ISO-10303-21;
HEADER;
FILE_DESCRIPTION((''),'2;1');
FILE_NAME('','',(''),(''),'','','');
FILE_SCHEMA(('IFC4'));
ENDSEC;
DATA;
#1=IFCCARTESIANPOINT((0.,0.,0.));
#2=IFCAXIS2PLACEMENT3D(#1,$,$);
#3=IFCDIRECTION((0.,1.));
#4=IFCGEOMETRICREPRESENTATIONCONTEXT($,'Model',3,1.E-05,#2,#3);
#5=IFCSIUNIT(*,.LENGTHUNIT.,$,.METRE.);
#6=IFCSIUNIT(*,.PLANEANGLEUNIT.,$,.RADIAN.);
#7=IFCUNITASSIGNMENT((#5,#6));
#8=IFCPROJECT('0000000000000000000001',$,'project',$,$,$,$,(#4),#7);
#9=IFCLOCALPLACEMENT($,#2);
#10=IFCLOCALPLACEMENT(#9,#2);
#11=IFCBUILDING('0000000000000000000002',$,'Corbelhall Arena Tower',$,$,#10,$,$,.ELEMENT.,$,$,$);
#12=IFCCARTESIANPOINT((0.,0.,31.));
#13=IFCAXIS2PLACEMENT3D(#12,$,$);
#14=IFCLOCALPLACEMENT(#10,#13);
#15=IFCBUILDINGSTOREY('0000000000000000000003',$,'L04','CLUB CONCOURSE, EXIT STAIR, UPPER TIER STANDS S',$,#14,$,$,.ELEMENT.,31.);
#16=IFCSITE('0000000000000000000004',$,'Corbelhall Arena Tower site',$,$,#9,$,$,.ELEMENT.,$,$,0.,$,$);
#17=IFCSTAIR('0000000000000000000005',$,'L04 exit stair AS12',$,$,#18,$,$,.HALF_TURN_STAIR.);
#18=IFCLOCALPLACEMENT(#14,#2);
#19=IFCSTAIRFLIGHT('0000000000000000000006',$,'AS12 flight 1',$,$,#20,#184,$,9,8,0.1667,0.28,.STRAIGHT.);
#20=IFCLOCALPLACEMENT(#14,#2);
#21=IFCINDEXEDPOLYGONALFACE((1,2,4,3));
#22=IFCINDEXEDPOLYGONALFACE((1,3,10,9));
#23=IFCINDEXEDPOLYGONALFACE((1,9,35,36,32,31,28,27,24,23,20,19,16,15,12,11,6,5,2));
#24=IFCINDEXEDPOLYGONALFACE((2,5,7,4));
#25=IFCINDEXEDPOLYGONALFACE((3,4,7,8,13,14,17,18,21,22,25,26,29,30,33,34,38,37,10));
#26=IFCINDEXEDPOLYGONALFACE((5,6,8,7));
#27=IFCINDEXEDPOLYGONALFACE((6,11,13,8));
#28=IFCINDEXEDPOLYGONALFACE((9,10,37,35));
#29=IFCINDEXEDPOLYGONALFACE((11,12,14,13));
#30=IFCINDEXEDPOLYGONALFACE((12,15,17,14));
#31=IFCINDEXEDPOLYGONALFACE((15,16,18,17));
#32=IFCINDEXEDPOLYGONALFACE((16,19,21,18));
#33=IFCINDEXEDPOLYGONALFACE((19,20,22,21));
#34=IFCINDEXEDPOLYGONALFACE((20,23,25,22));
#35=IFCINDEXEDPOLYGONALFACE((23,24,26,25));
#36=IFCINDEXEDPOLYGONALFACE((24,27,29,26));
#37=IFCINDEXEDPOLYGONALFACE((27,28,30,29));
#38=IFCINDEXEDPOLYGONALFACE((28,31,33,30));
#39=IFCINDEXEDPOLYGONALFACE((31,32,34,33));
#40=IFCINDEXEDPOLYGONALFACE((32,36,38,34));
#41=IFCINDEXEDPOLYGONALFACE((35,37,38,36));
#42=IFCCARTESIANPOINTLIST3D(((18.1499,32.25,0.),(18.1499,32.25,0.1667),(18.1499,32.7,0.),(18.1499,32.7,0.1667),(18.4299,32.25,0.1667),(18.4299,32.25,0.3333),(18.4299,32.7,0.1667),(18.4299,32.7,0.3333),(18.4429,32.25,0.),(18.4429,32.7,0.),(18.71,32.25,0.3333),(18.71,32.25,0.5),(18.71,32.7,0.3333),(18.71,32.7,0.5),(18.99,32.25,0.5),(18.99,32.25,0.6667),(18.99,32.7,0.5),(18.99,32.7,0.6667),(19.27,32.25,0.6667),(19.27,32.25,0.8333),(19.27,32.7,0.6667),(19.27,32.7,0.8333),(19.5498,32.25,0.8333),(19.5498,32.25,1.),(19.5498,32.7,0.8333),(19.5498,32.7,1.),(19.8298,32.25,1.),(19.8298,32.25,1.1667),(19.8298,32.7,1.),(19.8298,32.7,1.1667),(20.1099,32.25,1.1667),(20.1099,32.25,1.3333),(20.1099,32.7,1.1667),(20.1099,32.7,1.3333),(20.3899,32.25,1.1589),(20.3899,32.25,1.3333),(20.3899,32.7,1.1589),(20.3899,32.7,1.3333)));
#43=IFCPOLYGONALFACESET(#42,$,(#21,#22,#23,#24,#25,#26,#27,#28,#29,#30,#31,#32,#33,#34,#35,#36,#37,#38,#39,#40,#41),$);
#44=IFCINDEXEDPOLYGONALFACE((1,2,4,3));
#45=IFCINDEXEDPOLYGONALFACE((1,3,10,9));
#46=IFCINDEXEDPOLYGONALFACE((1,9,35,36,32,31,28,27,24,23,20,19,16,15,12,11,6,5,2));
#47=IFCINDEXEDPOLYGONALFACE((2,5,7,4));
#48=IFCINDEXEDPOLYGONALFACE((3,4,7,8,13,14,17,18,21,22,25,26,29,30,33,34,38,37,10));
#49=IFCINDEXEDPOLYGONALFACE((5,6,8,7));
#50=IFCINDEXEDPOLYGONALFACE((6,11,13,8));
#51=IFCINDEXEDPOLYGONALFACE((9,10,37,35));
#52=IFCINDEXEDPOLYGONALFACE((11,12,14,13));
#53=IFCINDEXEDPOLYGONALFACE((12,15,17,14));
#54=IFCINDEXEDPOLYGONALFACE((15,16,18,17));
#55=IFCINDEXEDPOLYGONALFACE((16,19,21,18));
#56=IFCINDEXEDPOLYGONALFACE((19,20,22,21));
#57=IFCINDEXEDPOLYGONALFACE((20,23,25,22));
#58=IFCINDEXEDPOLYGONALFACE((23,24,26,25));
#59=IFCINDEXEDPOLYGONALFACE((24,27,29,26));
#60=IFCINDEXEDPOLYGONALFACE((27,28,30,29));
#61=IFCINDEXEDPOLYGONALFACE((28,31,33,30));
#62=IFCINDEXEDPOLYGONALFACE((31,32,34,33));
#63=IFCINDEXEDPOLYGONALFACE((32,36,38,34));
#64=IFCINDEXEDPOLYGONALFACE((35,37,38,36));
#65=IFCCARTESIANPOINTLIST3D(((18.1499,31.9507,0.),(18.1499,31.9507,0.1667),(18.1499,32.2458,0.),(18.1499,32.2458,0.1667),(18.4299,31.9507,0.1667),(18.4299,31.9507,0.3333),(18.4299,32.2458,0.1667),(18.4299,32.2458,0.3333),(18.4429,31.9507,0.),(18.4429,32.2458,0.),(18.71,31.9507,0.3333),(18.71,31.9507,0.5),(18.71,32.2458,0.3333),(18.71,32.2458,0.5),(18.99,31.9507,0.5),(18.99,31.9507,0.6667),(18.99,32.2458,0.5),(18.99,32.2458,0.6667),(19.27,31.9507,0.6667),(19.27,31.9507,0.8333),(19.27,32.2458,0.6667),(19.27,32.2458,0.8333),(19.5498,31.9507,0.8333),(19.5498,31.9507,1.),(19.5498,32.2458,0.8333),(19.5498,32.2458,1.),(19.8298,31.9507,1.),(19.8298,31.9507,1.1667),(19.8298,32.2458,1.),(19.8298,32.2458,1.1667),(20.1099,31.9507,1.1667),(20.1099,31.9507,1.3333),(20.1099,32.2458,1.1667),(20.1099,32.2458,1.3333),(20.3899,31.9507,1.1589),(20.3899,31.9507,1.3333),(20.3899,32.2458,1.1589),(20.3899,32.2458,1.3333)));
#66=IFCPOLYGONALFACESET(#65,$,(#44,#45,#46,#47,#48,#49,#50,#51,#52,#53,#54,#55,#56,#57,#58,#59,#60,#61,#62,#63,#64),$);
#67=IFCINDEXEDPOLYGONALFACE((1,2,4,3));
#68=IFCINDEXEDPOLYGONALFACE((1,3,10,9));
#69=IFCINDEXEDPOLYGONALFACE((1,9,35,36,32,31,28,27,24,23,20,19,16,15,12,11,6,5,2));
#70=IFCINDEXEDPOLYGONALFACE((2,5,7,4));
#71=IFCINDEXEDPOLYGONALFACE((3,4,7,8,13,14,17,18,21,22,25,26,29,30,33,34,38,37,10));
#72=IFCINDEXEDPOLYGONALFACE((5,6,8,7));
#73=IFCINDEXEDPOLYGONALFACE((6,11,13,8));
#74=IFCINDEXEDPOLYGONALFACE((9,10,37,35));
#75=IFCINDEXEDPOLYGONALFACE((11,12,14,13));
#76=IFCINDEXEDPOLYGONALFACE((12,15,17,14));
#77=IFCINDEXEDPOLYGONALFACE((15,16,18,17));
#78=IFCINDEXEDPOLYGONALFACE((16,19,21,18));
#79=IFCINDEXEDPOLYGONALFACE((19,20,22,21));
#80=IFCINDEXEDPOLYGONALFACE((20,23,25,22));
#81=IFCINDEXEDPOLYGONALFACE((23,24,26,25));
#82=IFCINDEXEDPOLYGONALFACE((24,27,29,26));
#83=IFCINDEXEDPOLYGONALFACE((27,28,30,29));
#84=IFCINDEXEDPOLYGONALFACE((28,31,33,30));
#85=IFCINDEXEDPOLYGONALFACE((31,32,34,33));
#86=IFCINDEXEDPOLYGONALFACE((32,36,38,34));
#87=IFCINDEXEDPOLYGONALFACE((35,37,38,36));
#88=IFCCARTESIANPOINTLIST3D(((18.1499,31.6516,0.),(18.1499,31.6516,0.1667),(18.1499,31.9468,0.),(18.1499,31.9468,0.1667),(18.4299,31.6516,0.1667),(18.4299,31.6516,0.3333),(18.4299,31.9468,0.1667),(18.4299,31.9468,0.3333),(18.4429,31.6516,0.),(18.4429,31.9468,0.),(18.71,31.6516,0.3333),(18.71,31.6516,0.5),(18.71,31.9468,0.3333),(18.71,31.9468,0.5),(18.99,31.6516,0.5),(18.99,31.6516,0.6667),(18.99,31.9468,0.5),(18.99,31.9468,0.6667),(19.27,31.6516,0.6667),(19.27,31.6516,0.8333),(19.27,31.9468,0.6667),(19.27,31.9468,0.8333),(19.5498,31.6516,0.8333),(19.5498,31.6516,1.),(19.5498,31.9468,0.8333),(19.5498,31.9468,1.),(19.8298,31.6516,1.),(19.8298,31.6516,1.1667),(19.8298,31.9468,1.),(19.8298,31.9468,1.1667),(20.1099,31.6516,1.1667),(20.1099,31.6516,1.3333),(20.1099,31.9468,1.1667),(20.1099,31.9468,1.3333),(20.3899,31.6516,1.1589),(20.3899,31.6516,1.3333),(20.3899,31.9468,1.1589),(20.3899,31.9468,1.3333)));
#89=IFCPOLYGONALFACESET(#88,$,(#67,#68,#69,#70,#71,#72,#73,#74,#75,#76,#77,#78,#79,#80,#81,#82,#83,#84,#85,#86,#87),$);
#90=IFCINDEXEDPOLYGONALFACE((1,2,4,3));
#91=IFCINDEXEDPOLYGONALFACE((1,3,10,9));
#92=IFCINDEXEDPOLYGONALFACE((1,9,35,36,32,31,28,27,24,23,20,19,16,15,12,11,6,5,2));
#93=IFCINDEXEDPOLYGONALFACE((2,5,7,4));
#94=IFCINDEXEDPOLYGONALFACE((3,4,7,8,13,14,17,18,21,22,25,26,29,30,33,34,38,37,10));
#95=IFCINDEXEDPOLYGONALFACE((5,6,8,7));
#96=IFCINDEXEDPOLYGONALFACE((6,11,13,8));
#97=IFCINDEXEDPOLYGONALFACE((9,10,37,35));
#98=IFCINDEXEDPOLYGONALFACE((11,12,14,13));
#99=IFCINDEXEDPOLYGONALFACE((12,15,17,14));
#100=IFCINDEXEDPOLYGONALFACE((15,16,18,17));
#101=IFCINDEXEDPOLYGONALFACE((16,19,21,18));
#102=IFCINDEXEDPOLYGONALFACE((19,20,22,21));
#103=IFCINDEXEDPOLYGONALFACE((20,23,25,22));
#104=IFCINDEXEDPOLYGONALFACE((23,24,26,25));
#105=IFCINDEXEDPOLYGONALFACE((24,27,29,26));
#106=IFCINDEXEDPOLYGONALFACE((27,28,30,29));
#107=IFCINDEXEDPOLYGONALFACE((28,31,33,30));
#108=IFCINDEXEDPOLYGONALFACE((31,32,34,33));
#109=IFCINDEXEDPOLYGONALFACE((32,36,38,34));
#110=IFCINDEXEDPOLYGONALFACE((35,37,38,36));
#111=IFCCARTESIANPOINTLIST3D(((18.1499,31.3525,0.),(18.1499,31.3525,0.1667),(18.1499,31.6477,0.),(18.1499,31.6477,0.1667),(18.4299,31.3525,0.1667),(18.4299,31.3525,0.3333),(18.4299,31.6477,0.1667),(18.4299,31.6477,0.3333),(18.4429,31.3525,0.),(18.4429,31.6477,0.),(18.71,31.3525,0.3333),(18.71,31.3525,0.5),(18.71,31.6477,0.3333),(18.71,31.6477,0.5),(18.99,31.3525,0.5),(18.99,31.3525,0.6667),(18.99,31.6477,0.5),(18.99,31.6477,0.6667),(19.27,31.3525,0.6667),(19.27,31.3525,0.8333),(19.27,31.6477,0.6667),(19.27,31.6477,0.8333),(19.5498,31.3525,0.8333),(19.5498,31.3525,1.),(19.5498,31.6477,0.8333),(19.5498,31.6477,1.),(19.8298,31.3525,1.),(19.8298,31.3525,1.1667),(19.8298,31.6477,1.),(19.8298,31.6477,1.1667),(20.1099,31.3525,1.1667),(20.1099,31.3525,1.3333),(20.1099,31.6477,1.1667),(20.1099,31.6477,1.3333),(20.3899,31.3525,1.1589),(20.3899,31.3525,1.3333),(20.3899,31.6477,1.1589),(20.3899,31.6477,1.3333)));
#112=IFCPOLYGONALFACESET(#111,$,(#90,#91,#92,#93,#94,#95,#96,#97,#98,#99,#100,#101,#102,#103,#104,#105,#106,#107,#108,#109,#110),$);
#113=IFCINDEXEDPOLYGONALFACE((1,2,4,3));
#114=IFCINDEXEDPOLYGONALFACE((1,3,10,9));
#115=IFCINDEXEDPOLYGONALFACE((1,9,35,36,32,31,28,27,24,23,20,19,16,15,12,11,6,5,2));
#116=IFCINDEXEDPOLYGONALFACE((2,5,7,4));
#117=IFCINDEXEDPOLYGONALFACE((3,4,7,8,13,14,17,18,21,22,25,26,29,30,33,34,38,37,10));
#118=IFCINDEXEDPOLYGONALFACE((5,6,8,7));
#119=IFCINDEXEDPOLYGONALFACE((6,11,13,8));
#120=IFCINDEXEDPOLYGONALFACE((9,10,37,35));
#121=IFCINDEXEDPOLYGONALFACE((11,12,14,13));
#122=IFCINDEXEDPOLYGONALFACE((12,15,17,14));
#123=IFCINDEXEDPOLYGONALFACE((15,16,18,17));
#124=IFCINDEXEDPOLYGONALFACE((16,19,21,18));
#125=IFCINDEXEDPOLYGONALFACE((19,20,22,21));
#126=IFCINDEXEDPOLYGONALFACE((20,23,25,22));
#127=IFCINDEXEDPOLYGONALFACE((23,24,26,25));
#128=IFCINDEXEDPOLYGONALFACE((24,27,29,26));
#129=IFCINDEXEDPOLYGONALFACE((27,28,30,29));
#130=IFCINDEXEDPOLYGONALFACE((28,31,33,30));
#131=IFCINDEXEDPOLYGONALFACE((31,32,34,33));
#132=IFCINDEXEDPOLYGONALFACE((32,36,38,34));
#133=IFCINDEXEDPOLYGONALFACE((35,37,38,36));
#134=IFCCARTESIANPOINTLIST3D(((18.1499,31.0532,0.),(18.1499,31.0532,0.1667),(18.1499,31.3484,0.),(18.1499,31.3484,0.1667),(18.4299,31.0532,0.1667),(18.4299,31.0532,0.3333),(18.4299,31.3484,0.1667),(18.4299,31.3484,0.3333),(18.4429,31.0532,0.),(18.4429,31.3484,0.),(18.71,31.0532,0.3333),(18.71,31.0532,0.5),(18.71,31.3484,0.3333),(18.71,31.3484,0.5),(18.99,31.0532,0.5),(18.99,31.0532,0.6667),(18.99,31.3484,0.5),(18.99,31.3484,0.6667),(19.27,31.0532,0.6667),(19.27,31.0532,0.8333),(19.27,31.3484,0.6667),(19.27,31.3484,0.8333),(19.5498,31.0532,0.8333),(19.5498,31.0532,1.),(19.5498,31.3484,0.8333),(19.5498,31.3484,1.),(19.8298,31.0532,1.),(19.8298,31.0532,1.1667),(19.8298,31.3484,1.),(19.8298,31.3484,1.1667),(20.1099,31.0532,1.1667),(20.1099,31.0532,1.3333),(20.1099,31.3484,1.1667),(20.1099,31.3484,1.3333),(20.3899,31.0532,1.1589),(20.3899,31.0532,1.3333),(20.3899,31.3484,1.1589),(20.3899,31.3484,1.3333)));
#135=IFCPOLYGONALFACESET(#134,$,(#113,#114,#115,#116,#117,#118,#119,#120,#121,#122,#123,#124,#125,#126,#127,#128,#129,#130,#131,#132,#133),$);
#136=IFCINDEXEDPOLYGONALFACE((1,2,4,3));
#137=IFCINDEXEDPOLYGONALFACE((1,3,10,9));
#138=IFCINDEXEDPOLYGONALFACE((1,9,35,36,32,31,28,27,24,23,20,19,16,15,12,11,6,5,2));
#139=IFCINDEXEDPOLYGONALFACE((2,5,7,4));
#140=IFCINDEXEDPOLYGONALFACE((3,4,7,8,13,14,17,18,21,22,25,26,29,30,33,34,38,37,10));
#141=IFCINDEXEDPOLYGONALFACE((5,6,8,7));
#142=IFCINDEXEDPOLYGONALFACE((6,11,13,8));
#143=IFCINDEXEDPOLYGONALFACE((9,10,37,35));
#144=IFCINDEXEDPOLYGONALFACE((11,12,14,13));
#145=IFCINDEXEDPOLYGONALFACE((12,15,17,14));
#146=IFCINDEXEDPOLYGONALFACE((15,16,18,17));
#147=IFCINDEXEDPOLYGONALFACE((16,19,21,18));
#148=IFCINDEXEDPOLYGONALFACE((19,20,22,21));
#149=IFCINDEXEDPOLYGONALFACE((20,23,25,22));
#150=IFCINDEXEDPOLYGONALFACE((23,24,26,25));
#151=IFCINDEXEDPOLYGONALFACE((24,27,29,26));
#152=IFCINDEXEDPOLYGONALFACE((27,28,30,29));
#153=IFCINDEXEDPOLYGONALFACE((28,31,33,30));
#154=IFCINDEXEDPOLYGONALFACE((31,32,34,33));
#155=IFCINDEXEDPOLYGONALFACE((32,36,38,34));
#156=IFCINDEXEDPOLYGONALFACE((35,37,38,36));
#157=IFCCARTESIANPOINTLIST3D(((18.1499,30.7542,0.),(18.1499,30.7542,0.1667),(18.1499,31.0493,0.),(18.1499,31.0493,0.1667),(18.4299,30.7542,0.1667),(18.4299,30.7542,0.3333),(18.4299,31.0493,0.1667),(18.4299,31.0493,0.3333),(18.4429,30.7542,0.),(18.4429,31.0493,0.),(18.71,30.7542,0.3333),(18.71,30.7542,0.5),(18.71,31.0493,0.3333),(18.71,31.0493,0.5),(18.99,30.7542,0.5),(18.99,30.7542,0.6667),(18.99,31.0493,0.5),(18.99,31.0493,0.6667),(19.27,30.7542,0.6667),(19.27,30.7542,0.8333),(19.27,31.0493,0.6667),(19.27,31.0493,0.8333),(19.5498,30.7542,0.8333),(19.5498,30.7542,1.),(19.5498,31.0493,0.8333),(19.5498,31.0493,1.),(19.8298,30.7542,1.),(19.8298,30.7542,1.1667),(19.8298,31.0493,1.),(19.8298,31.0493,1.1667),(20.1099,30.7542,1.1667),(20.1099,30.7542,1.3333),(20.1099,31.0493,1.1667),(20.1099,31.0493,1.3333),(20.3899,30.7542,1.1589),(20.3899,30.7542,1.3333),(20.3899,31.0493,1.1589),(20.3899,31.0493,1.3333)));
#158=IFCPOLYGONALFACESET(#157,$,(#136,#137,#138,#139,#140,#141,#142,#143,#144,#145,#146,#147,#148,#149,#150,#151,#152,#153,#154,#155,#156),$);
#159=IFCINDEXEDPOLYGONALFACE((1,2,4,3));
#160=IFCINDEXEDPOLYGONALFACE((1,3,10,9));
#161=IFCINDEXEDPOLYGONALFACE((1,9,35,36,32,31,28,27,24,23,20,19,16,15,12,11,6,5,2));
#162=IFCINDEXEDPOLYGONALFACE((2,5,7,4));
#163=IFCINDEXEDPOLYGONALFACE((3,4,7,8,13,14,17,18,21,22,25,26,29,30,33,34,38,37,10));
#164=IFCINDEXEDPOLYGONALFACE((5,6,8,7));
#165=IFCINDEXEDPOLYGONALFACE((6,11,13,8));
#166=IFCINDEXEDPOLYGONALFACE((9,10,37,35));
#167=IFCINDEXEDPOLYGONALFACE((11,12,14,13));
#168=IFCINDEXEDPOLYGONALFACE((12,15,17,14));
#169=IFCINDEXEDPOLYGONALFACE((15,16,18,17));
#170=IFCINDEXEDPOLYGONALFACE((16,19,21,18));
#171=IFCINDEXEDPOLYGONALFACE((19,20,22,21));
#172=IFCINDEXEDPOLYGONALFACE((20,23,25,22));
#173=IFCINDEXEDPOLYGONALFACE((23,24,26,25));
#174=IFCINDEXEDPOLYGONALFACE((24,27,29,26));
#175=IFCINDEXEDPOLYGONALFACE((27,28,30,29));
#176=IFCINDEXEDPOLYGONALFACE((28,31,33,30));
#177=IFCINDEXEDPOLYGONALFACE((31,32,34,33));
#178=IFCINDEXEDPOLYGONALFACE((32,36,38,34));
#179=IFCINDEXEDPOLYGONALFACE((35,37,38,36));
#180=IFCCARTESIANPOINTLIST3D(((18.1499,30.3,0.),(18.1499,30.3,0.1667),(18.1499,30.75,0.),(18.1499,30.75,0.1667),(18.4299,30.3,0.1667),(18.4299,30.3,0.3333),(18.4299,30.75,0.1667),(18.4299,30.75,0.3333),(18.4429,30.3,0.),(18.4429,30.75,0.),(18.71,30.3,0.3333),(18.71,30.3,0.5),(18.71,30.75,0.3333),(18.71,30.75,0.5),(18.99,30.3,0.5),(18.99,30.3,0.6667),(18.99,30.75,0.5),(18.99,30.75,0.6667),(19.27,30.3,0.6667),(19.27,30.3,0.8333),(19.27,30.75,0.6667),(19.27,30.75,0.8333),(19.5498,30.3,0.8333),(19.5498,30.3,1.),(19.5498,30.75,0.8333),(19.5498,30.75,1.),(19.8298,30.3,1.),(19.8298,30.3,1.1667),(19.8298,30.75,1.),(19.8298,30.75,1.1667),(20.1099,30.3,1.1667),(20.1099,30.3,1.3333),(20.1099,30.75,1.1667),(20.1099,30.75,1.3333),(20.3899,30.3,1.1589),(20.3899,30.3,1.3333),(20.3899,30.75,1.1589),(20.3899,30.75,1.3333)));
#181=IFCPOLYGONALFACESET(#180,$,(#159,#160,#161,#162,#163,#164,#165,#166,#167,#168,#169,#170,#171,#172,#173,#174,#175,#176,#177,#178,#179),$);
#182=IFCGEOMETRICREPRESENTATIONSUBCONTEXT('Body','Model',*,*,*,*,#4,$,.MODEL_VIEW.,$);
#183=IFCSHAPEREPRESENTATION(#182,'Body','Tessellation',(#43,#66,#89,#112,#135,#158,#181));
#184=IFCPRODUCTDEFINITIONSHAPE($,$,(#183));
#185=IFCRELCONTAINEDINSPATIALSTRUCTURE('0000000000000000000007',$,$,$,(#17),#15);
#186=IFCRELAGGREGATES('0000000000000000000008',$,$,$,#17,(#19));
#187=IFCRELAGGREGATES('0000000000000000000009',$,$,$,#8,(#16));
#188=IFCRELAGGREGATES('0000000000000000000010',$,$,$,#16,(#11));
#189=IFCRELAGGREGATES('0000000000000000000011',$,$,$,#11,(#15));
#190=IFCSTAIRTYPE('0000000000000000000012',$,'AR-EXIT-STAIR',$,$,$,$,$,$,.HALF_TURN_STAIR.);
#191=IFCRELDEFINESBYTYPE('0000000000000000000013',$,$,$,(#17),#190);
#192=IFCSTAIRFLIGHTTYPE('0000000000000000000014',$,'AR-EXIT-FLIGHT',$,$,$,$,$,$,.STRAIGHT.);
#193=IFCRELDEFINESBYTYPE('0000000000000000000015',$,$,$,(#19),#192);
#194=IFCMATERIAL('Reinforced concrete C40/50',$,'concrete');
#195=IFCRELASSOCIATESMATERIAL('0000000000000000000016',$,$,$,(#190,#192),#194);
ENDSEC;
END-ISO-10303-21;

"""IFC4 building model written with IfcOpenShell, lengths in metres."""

from ifc_helpers import new_model, si_unit, direction, frame, origin, place, context, subcontext, project, spatial, polyline, outline, extrude, material, type_object, element, aggregate, save


model = new_model("IFC4")

# Units and contexts
model_context = context("Model", 3, precision=1e-05, world=origin(), true_north=direction((0.0, 1.0)))
body_context = subcontext(model_context, "Body", "Model", "MODEL_VIEW")
ifc_project = project(units=[si_unit("LENGTHUNIT", "METRE"), si_unit("PLANEANGLEUNIT", "RADIAN")], contexts=[model_context])

# Site, building, storey
site_placement = place(None, origin())
site = spatial("IfcSite", under=ifc_project, at=site_placement, Name="Corbelhall Arena Tower site", CompositionType="ELEMENT", RefElevation=0.0)
building_placement = place(site_placement, origin())
building = spatial("IfcBuilding", under=site, at=building_placement, Name="Corbelhall Arena Tower", CompositionType="ELEMENT")
storey_placement = place(building_placement, frame((0.0, 0.0, 31.0)))
storey = spatial("IfcBuildingStorey", under=building, at=storey_placement, Name="L04", Description="CLUB CONCOURSE, EXIT STAIR, UPPER TIER STANDS S", CompositionType="ELEMENT", Elevation=31.0)

# Shared definitions
ifc_material_1 = material(Name="Reinforced concrete C40/50", Category="concrete")

# Stair, stair flight
stair_type = type_object("IfcStairType", Name="AR-EXIT-STAIR", PredefinedType="HALF_TURN_STAIR", material=ifc_material_1)
stair_flight_type = type_object("IfcStairFlightType", Name="AR-EXIT-FLIGHT", PredefinedType="STRAIGHT", material=ifc_material_1)
stair_1_placement = place(storey_placement, origin())
stair_1 = element("IfcStair", 1, at=stair_1_placement, inside=storey, type_object=stair_type, Name="L04 exit stair AS12", PredefinedType="HALF_TURN_STAIR")
stair_flight_1_placement = place(storey_placement, frame((18.1499, 31.5, 0.0), z_axis=(0.0, 0.0, 1.0), x_axis=(1.0, 0.0, 0.0)))
stair_flight_1 = element("IfcStairFlight", 2, at=stair_flight_1_placement, type_object=stair_flight_type, Name="AS12 flight 1", NumberOfRisers=9, NumberOfTreads=8, PredefinedType="STRAIGHT", RiserHeight=0.1667, TreadLength=0.28, context=body_context, shape_type="SweptSolid", body=[
    extrude(outline(polyline([(0.0, 0.0), (0.0, 0.1667), (0.28, 0.1667), (0.28, 0.3333), (0.5601, 0.3333), (0.5601, 0.5), (0.8401, 0.5), (0.8401, 0.6667), (1.1201, 0.6667), (1.1201, 0.8333), (1.3999, 0.8333), (1.3999, 1.0), (1.6799, 1.0), (1.6799, 1.1667), (1.96, 1.1667), (1.96, 1.3333), (2.24, 1.3333), (2.24, 1.5), (2.24, 1.1589), (0.293, 0.0), (0.0, 0.0)])), frame((0.0, 1.2, 0.0), z_axis=(0.0, -1.0, 0.0), x_axis=(1.0, 0.0, 0.0)), (0.0, 0.0, 1.0), 0.45),
    extrude(outline(polyline([(0.0, 0.0), (0.0, 0.1667), (0.28, 0.1667), (0.28, 0.3333), (0.5601, 0.3333), (0.5601, 0.5), (0.8401, 0.5), (0.8401, 0.6667), (1.1201, 0.6667), (1.1201, 0.8333), (1.3999, 0.8333), (1.3999, 1.0), (1.6799, 1.0), (1.6799, 1.1667), (1.96, 1.1667), (1.96, 1.3333), (2.24, 1.3333), (2.24, 1.5), (2.24, 1.1589), (0.293, 0.0), (0.0, 0.0)])), frame((0.0, 0.7458, 0.0), z_axis=(0.0, -1.0, 0.0), x_axis=(1.0, 0.0, 0.0)), (0.0, 0.0, 1.0), 0.2952),
    extrude(outline(polyline([(0.0, 0.0), (0.0, 0.1667), (0.28, 0.1667), (0.28, 0.3333), (0.5601, 0.3333), (0.5601, 0.5), (0.8401, 0.5), (0.8401, 0.6667), (1.1201, 0.6667), (1.1201, 0.8333), (1.3999, 0.8333), (1.3999, 1.0), (1.6799, 1.0), (1.6799, 1.1667), (1.96, 1.1667), (1.96, 1.3333), (2.24, 1.3333), (2.24, 1.5), (2.24, 1.1589), (0.293, 0.0), (0.0, 0.0)])), frame((0.0, 0.4468, 0.0), z_axis=(0.0, -1.0, 0.0), x_axis=(1.0, 0.0, 0.0)), (0.0, 0.0, 1.0), 0.2952),
    extrude(outline(polyline([(0.0, 0.0), (0.0, 0.1667), (0.28, 0.1667), (0.28, 0.3333), (0.5601, 0.3333), (0.5601, 0.5), (0.8401, 0.5), (0.8401, 0.6667), (1.1201, 0.6667), (1.1201, 0.8333), (1.3999, 0.8333), (1.3999, 1.0), (1.6799, 1.0), (1.6799, 1.1667), (1.96, 1.1667), (1.96, 1.3333), (2.24, 1.3333), (2.24, 1.5), (2.24, 1.1589), (0.293, 0.0), (0.0, 0.0)])), frame((0.0, 0.1477, 0.0), z_axis=(0.0, -1.0, 0.0), x_axis=(1.0, 0.0, 0.0)), (0.0, 0.0, 1.0), 0.2952),
    extrude(outline(polyline([(0.0, 0.0), (0.0, 0.1667), (0.28, 0.1667), (0.28, 0.3333), (0.5601, 0.3333), (0.5601, 0.5), (0.8401, 0.5), (0.8401, 0.6667), (1.1201, 0.6667), (1.1201, 0.8333), (1.3999, 0.8333), (1.3999, 1.0), (1.6799, 1.0), (1.6799, 1.1667), (1.96, 1.1667), (1.96, 1.3333), (2.24, 1.3333), (2.24, 1.5), (2.24, 1.1589), (0.293, 0.0), (0.0, 0.0)])), frame((0.0, -0.1516, 0.0), z_axis=(0.0, -1.0, 0.0), x_axis=(1.0, 0.0, 0.0)), (0.0, 0.0, 1.0), 0.2952),
    extrude(outline(polyline([(0.0, 0.0), (0.0, 0.1667), (0.28, 0.1667), (0.28, 0.3333), (0.5601, 0.3333), (0.5601, 0.5), (0.8401, 0.5), (0.8401, 0.6667), (1.1201, 0.6667), (1.1201, 0.8333), (1.3999, 0.8333), (1.3999, 1.0), (1.6799, 1.0), (1.6799, 1.1667), (1.96, 1.1667), (1.96, 1.3333), (2.24, 1.3333), (2.24, 1.5), (2.24, 1.1589), (0.293, 0.0), (0.0, 0.0)])), frame((0.0, -0.4507, 0.0), z_axis=(0.0, -1.0, 0.0), x_axis=(1.0, 0.0, 0.0)), (0.0, 0.0, 1.0), 0.2952),
    extrude(outline(polyline([(0.0, 0.0), (0.0, 0.1667), (0.28, 0.1667), (0.28, 0.3333), (0.5601, 0.3333), (0.5601, 0.5), (0.8401, 0.5), (0.8401, 0.6667), (1.1201, 0.6667), (1.1201, 0.8333), (1.3999, 0.8333), (1.3999, 1.0), (1.6799, 1.0), (1.6799, 1.1667), (1.96, 1.1667), (1.96, 1.3333), (2.24, 1.3333), (2.24, 1.5), (2.24, 1.1589), (0.293, 0.0), (0.0, 0.0)])), frame((0.0, -0.75, 0.0), z_axis=(0.0, -1.0, 0.0), x_axis=(1.0, 0.0, 0.0)), (0.0, 0.0, 1.0), 0.45),
])
aggregate(stair_1, [stair_flight_1])

save(model, "model.ifc")
